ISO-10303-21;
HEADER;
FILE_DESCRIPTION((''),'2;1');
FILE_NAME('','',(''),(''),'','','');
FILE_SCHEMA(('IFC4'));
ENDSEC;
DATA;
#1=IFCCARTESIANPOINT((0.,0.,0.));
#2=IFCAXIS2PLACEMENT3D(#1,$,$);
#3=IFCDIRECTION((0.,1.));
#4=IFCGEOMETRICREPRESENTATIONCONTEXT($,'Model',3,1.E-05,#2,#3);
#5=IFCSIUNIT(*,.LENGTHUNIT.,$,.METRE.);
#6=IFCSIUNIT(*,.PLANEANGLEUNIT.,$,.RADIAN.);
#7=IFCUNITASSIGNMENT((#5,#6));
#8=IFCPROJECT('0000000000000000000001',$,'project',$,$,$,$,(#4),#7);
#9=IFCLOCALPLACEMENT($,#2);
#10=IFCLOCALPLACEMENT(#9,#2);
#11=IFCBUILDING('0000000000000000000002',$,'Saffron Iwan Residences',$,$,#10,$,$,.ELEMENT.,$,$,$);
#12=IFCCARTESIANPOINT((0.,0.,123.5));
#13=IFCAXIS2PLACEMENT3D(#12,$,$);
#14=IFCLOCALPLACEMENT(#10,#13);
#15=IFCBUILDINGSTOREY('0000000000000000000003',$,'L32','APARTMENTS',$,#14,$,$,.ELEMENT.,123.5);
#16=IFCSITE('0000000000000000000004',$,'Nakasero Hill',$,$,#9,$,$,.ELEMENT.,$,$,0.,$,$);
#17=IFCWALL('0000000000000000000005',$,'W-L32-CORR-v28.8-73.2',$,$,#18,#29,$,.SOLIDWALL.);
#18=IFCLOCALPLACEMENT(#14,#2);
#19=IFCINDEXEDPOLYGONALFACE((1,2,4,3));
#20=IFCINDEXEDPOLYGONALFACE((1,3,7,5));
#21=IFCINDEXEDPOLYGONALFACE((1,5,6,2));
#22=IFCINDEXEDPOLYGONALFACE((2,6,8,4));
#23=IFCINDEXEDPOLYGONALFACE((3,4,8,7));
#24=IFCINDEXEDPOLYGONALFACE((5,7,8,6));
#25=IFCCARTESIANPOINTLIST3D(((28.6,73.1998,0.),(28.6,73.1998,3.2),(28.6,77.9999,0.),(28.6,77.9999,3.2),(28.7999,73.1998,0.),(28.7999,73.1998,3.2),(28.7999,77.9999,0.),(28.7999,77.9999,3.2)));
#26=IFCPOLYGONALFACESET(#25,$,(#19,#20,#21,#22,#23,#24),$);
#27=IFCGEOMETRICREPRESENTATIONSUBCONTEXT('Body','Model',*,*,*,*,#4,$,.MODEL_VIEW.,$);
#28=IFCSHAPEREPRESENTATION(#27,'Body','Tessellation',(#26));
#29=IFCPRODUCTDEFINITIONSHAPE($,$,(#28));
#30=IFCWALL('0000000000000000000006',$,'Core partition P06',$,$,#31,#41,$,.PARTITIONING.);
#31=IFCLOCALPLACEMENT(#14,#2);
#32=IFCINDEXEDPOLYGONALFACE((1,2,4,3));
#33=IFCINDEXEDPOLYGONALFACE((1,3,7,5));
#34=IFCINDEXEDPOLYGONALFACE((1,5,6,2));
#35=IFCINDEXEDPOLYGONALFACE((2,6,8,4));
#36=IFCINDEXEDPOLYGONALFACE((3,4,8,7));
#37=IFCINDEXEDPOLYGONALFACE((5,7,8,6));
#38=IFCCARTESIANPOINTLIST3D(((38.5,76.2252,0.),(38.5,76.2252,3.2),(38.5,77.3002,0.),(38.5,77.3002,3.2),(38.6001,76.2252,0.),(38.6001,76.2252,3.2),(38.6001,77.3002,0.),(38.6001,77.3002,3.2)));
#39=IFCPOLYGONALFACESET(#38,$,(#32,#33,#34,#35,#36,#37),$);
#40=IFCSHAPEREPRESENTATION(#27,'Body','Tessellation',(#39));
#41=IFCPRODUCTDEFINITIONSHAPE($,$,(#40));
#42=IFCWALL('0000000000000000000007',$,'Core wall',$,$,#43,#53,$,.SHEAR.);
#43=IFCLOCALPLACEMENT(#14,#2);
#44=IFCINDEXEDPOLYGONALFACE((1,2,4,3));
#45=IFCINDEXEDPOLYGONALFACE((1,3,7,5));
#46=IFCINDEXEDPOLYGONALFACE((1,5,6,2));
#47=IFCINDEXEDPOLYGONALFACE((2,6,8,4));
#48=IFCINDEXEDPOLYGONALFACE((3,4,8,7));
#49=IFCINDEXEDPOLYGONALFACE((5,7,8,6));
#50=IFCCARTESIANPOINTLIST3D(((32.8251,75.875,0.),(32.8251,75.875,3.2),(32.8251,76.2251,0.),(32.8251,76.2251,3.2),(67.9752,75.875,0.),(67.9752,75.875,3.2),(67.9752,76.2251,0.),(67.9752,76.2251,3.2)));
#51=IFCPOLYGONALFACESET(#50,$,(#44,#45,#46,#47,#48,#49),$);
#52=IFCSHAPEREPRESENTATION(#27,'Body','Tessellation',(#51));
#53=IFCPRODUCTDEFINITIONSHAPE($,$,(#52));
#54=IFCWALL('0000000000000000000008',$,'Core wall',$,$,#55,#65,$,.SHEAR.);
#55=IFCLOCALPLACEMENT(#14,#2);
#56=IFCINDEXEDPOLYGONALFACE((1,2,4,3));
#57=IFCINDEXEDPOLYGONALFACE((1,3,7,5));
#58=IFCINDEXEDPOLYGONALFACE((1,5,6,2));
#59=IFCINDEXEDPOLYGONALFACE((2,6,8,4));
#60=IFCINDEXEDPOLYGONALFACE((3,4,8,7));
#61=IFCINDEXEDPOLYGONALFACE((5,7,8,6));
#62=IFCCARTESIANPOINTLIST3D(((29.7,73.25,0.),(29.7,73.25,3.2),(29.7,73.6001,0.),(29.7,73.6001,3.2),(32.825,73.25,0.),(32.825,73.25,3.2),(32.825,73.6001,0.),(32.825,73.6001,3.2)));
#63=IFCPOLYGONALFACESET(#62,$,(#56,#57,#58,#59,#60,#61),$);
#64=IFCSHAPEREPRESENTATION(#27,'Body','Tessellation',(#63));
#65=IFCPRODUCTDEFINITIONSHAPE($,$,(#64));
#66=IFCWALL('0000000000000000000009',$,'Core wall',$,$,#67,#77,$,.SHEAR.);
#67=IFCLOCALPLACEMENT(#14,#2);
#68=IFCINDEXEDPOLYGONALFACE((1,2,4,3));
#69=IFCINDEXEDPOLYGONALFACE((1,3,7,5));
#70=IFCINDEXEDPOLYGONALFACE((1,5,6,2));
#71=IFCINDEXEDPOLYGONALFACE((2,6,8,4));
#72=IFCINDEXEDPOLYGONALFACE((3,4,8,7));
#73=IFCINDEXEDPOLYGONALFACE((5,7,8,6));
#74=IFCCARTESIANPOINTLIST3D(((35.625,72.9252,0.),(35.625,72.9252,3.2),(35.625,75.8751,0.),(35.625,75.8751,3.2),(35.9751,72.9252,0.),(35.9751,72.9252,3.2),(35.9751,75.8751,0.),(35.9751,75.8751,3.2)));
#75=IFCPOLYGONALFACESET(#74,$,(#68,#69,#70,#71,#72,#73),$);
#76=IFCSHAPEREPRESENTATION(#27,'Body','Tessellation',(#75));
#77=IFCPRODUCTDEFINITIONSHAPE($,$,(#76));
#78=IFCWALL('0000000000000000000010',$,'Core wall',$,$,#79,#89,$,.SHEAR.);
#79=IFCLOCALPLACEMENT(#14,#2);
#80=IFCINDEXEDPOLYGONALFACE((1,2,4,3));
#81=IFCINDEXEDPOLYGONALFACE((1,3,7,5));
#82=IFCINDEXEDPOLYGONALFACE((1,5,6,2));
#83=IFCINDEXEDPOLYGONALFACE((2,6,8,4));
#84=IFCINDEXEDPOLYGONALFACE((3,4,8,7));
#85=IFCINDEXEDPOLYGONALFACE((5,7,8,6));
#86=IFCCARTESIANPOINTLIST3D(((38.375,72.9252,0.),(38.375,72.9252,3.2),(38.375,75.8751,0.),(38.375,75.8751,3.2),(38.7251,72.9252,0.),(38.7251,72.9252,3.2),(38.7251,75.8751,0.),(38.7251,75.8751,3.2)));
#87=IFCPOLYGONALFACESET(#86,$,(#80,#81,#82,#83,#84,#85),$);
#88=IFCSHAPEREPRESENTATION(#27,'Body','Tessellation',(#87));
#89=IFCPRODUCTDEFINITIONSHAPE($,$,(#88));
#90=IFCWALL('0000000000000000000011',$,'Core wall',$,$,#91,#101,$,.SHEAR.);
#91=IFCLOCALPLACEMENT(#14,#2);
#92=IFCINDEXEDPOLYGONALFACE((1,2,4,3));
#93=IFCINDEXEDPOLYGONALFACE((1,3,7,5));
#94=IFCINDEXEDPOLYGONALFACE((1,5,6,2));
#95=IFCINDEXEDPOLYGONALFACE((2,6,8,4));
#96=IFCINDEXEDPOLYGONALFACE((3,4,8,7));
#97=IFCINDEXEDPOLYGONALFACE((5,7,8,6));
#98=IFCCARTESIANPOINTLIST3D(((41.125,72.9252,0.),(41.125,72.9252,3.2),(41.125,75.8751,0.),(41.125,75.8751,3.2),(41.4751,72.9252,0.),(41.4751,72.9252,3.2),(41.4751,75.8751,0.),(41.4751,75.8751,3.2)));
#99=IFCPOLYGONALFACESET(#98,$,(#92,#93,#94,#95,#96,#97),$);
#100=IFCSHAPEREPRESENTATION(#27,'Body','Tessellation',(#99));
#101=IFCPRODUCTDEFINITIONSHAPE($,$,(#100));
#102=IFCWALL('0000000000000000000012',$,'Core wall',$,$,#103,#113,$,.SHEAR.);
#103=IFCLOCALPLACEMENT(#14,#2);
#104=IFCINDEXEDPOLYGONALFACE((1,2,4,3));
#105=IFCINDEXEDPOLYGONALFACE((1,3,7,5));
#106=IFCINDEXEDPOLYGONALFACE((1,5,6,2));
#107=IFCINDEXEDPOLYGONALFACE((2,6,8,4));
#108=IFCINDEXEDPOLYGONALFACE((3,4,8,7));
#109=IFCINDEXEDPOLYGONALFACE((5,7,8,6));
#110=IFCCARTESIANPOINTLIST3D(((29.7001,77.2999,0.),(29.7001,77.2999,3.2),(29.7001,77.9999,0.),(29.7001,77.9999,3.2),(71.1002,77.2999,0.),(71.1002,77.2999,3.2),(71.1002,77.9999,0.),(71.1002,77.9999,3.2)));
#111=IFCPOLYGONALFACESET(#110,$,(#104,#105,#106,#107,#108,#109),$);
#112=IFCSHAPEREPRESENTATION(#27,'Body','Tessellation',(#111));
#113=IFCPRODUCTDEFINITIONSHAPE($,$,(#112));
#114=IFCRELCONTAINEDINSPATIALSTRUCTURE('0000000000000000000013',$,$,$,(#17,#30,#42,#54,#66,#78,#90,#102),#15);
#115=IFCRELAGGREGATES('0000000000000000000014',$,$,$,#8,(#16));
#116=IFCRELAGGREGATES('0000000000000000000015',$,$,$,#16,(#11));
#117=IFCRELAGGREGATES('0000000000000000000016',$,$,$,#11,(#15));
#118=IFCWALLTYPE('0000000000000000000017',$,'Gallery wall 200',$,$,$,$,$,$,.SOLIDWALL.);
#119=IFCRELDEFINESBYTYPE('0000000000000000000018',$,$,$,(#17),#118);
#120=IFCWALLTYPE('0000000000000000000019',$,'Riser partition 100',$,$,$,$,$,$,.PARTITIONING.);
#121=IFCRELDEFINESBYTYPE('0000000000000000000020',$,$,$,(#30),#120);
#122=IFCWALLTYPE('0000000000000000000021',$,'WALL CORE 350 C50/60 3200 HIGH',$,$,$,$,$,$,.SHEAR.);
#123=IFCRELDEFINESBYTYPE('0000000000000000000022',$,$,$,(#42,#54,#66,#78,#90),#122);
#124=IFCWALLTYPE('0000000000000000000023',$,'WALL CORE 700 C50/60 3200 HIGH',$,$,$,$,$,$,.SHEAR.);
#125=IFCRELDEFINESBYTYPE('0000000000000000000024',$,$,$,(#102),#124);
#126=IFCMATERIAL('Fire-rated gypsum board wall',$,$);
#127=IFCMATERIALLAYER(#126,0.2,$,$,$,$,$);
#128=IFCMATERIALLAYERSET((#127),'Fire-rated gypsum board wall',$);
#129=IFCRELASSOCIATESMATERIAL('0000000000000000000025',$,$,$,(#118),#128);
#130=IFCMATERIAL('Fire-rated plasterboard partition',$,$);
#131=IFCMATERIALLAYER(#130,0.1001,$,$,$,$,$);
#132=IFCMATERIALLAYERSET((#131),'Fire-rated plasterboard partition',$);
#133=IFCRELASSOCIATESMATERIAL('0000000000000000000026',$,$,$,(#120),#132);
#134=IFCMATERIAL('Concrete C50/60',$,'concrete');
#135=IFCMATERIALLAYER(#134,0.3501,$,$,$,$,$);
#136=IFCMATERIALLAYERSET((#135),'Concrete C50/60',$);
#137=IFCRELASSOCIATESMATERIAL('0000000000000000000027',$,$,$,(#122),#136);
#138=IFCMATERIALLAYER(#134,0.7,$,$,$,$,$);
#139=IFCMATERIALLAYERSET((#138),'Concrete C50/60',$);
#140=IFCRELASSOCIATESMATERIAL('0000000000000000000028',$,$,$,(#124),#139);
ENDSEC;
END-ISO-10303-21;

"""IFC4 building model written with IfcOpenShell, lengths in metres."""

from ifc_helpers import new_model, si_unit, direction, frame, frame_2d, origin, place, context, subcontext, project, spatial, rectangle, extrude, material, layer, layer_set, type_object, element, save


model = new_model("IFC4")

# Units and contexts
model_context = context("Model", 3, precision=1e-05, world=origin(), true_north=direction((0.0, 1.0)))
body_context = subcontext(model_context, "Body", "Model", "MODEL_VIEW")
ifc_project = project(units=[si_unit("LENGTHUNIT", "METRE"), si_unit("PLANEANGLEUNIT", "RADIAN")], contexts=[model_context])

# Site, building, storey
site_placement = place(None, origin())
site = spatial("IfcSite", under=ifc_project, at=site_placement, Name="Nakasero Hill", CompositionType="ELEMENT", RefElevation=0.0)
building_placement = place(site_placement, origin())
building = spatial("IfcBuilding", under=site, at=building_placement, Name="Saffron Iwan Residences", CompositionType="ELEMENT")
storey_placement = place(building_placement, frame((0.0, 0.0, 123.5)))
storey = spatial("IfcBuildingStorey", under=building, at=storey_placement, Name="L32", Description="APARTMENTS", CompositionType="ELEMENT", Elevation=123.5)

# Shared definitions
ifc_material_1 = material(Name="Concrete C50/60", Category="concrete")

# Shared definitions
ifc_material_2 = material(Name="Fire-rated plasterboard partition")

# Walls
ifc_material_3 = material(Name="Fire-rated gypsum board wall")
ifc_layer_1 = layer(ifc_material_3, 0.2)
ifc_layer_set_1 = layer_set([ifc_layer_1], Name="Fire-rated gypsum board wall")
wall_type_1 = type_object("IfcWallType", Name="Gallery wall 200", PredefinedType="SOLIDWALL", material=ifc_layer_set_1)
wall_1_placement = place(storey_placement, frame((28.7, 73.2, 0.0), z_axis=(0.0, 0.0, 1.0), x_axis=(0.0, 1.0, 0.0)))
element("IfcWall", 1, at=wall_1_placement, inside=storey, type_object=wall_type_1, Name="W-L32-CORR-v28.8-73.2", PredefinedType="SOLIDWALL", context=body_context, shape_type="SweptSolid", body=[
    extrude(rectangle(XDim=4.8, YDim=0.2, at=frame_2d((2.3999, 0.0))), origin(), (0.0, 0.0, 1.0), 3.2),
])
ifc_layer_2 = layer(ifc_material_2, 0.1001)
ifc_layer_set_2 = layer_set([ifc_layer_2], Name="Fire-rated plasterboard partition")
wall_type_2 = type_object("IfcWallType", Name="Riser partition 100", PredefinedType="PARTITIONING", material=ifc_layer_set_2)
wall_2_placement = place(storey_placement, frame((38.55, 76.2251, 0.0), z_axis=(0.0, 0.0, 1.0), x_axis=(0.0, 1.0, 0.0)))
element("IfcWall", 2, at=wall_2_placement, inside=storey, type_object=wall_type_2, Name="Core partition P06", PredefinedType="PARTITIONING", context=body_context, shape_type="SweptSolid", body=[
    extrude(rectangle(XDim=1.075, YDim=0.1001, at=frame_2d((0.5376, 0.0))), origin(), (0.0, 0.0, 1.0), 3.2),
])
ifc_layer_3 = layer(ifc_material_1, 0.3501)
ifc_layer_set_3 = layer_set([ifc_layer_3], Name="Concrete C50/60")
wall_type_3 = type_object("IfcWallType", Name="WALL CORE 350 C50/60 3200 HIGH", PredefinedType="SHEAR", material=ifc_layer_set_3)
wall_3_placement = place(storey_placement, frame((32.825, 76.05, 0.0), z_axis=(0.0, 0.0, 1.0), x_axis=(1.0, 0.0, 0.0)))
element("IfcWall", 3, at=wall_3_placement, inside=storey, type_object=wall_type_3, Name="Core wall", PredefinedType="SHEAR", context=body_context, shape_type="SweptSolid", body=[
    extrude(rectangle(XDim=35.1501, YDim=0.3501, at=frame_2d((17.5752, 0.0))), origin(), (0.0, 0.0, 1.0), 3.2),
])
wall_4_placement = place(storey_placement, frame((29.7, 73.425, 0.0), z_axis=(0.0, 0.0, 1.0), x_axis=(1.0, 0.0, 0.0)))
element("IfcWall", 4, at=wall_4_placement, inside=storey, type_object=wall_type_3, Name="Core wall", PredefinedType="SHEAR", context=body_context, shape_type="SweptSolid", body=[
    extrude(rectangle(XDim=3.125, YDim=0.3501, at=frame_2d((1.5625, 0.0))), origin(), (0.0, 0.0, 1.0), 3.2),
])
for number, where, z_axis, x_axis, name in (
    (5, (35.8, 72.925, 0.0), (0.0, 0.0, 1.0), (0.0, 1.0, 0.0), "Core wall"),
    (6, (38.55, 72.925, 0.0), (0.0, 0.0, 1.0), (0.0, 1.0, 0.0), "Core wall"),
    (7, (41.3, 72.925, 0.0), (0.0, 0.0, 1.0), (0.0, 1.0, 0.0), "Core wall"),
):
    element("IfcWall", number, at=place(storey_placement, frame(where, z_axis=z_axis, x_axis=x_axis)), inside=storey, type_object=wall_type_3, Name=name, PredefinedType="SHEAR", context=body_context, shape_type="SweptSolid", body=[
        extrude(rectangle(XDim=2.95, YDim=0.3501, at=frame_2d((1.4751, 0.0))), origin(), (0.0, 0.0, 1.0), 3.2),
    ])
ifc_layer_4 = layer(ifc_material_1, 0.7)
ifc_layer_set_4 = layer_set([ifc_layer_4], Name="Concrete C50/60")
wall_type_4 = type_object("IfcWallType", Name="WALL CORE 700 C50/60 3200 HIGH", PredefinedType="SHEAR", material=ifc_layer_set_4)
wall_5_placement = place(storey_placement, frame((29.7, 77.6499, 0.0), z_axis=(0.0, 0.0, 1.0), x_axis=(1.0, 0.0, 0.0)))
element("IfcWall", 8, at=wall_5_placement, inside=storey, type_object=wall_type_4, Name="Core wall", PredefinedType="SHEAR", context=body_context, shape_type="SweptSolid", body=[
    extrude(rectangle(XDim=41.4001, YDim=0.7, at=frame_2d((20.7002, 0.0))), origin(), (0.0, 0.0, 1.0), 3.2),
])

save(model, "model.ifc")
